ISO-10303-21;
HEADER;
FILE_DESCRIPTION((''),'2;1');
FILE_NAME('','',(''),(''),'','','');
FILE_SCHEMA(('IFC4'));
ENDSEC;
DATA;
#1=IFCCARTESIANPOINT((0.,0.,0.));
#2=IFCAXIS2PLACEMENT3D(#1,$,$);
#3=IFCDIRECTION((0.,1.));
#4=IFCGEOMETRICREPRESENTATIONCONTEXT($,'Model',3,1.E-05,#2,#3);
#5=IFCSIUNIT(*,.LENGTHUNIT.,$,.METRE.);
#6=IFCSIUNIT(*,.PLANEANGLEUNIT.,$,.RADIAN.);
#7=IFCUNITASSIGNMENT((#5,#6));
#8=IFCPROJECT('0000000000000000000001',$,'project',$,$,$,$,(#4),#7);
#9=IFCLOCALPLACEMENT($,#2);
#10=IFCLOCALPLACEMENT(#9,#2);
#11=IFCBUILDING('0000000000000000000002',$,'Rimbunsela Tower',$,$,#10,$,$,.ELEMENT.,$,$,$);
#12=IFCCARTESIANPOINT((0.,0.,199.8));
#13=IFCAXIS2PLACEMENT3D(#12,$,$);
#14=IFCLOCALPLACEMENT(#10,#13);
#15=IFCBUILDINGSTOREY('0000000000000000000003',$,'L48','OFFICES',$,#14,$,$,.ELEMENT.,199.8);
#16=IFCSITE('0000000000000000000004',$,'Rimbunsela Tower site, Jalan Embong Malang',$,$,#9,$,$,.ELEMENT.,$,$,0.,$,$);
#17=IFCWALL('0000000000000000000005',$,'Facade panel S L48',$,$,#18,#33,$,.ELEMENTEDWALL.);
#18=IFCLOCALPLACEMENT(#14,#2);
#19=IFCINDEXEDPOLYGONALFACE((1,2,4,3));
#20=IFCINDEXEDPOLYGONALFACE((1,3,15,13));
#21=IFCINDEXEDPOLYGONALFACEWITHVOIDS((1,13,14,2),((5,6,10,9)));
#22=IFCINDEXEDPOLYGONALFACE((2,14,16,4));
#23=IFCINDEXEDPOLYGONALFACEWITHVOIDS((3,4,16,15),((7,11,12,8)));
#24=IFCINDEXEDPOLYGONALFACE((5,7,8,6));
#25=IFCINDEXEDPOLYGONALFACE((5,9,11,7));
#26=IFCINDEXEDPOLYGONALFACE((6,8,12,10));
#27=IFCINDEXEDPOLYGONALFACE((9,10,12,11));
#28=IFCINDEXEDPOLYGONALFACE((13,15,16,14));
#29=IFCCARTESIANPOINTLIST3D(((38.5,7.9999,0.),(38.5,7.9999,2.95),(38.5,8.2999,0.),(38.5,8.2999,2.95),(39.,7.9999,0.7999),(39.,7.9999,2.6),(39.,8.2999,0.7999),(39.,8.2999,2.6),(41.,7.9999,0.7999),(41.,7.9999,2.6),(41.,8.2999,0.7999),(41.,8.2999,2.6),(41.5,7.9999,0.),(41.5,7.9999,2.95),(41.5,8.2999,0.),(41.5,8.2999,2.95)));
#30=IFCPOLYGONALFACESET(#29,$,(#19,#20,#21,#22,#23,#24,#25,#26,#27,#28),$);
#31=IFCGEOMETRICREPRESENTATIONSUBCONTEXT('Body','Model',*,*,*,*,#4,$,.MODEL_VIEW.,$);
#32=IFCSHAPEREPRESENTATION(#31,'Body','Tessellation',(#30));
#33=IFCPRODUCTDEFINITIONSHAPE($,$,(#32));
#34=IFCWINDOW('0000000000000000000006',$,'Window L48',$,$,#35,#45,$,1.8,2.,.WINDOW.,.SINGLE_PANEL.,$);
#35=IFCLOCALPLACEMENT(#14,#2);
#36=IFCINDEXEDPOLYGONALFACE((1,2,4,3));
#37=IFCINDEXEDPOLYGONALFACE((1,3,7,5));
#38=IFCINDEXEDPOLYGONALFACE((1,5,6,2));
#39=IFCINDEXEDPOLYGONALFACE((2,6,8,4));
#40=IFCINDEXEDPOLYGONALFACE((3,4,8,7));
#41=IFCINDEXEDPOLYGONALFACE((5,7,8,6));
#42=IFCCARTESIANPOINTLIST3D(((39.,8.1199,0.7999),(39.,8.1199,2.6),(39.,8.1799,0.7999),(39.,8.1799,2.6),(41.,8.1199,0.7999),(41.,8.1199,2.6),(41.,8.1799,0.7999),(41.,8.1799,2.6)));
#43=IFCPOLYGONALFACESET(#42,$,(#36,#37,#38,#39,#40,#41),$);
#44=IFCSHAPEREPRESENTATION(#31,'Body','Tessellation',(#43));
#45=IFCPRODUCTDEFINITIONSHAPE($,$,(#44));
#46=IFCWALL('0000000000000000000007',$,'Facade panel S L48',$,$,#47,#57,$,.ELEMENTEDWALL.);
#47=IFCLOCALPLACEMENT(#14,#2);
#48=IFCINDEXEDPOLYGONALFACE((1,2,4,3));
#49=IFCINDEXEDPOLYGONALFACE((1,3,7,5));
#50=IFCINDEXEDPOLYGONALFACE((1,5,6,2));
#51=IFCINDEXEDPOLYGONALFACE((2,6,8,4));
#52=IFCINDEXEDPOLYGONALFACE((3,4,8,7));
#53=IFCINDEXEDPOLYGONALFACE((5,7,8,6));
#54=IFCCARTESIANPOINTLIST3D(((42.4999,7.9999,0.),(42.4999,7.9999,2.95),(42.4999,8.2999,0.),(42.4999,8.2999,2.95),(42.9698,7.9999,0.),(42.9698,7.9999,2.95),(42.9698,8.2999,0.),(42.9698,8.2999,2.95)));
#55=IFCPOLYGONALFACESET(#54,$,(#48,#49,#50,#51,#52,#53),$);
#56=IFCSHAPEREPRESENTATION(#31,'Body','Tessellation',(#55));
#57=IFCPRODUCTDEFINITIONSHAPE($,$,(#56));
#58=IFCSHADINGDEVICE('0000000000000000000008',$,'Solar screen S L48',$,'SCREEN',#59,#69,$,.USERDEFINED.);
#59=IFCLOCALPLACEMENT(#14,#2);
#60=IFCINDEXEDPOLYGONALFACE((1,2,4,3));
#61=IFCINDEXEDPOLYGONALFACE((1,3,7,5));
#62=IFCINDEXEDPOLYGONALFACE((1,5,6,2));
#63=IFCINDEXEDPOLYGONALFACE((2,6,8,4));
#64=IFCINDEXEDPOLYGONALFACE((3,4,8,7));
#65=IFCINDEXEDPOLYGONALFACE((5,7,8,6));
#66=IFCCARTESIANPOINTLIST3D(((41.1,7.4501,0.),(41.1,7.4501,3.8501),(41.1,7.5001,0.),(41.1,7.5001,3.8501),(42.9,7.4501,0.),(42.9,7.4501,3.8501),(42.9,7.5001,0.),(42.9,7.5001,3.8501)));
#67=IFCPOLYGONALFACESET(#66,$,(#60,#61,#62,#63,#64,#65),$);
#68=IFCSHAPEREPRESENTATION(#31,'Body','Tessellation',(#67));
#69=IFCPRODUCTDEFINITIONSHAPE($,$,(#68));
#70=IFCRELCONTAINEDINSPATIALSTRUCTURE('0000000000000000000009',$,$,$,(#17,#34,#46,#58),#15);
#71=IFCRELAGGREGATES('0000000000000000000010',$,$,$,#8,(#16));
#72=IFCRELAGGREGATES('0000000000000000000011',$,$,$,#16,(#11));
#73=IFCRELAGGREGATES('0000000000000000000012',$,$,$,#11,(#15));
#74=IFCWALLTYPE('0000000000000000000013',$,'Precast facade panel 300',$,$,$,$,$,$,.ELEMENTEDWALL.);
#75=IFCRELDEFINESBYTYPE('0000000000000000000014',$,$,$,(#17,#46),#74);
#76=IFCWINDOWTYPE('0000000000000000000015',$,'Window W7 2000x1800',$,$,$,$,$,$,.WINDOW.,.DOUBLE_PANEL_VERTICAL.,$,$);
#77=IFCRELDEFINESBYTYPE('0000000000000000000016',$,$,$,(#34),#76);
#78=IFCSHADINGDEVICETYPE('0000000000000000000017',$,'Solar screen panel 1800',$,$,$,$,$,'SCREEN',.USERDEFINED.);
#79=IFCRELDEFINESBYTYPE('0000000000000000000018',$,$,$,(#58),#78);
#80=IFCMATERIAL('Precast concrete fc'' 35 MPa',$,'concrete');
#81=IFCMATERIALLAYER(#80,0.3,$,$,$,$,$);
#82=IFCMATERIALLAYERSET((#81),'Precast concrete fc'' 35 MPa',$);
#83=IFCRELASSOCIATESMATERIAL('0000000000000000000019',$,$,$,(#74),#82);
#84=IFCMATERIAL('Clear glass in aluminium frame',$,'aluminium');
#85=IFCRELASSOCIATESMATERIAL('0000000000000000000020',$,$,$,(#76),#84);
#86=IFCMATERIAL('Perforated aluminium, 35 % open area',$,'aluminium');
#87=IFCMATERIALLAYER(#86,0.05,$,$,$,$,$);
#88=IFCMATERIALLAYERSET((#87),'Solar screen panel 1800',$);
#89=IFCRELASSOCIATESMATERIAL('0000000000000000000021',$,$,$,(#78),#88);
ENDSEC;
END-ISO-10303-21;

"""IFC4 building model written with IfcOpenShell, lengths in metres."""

from ifc_helpers import new_model, si_unit, direction, frame, frame_2d, origin, origin_2d, place, context, subcontext, project, spatial, rectangle, extrude, material, layer, layer_set, type_object, element, fill, save


model = new_model("IFC4")

# Units and contexts
model_context = context("Model", 3, precision=1e-05, world=origin(), true_north=direction((0.0, 1.0)))
body_context = subcontext(model_context, "Body", "Model", "MODEL_VIEW")
ifc_project = project(units=[si_unit("LENGTHUNIT", "METRE"), si_unit("PLANEANGLEUNIT", "RADIAN")], contexts=[model_context])

# Site, building, storey
site_placement = place(None, origin())
site = spatial("IfcSite", under=ifc_project, at=site_placement, Name="Rimbunsela Tower site, Jalan Embong Malang", CompositionType="ELEMENT", RefElevation=0.0)
building_placement = place(site_placement, origin())
building = spatial("IfcBuilding", under=site, at=building_placement, Name="Rimbunsela Tower", CompositionType="ELEMENT")
storey_placement = place(building_placement, frame((0.0, 0.0, 199.8)))
storey = spatial("IfcBuildingStorey", under=building, at=storey_placement, Name="L48", Description="OFFICES", CompositionType="ELEMENT", Elevation=199.8)

# Wall, opening, window
ifc_material_1 = material(Name="Precast concrete fc' 35 MPa", Category="concrete")
ifc_layer_1 = layer(ifc_material_1, 0.3)
ifc_layer_set_1 = layer_set([ifc_layer_1], Name="Precast concrete fc' 35 MPa")
wall_type = type_object("IfcWallType", Name="Precast facade panel 300", PredefinedType="ELEMENTEDWALL", material=ifc_layer_set_1)
wall_1_placement = place(storey_placement, frame((38.5, 8.1499, 0.0), z_axis=(0.0, 0.0, 1.0), x_axis=(1.0, 0.0, 0.0)))
wall_1 = element("IfcWall", 1, at=wall_1_placement, inside=storey, type_object=wall_type, Name="Facade panel S L48", PredefinedType="ELEMENTEDWALL", context=body_context, shape_type="SweptSolid", body=[
    extrude(rectangle(XDim=3.0, YDim=0.3, at=frame_2d((1.5, 0.0))), origin(), (0.0, 0.0, 1.0), 2.95),
])
opening_placement = place(wall_1_placement, frame((0.5, 0.0, 0.8)))
opening = element("IfcOpeningElement", 2, at=opening_placement, cuts=wall_1, PredefinedType="OPENING", context=body_context, shape_type="SweptSolid", body=[
    extrude(rectangle(XDim=2.0, YDim=1.8, at=frame_2d((1.0, 0.8999))), frame((0.0, 0.1599, 0.0), z_axis=(0.0, -1.0, 0.0), x_axis=(1.0, 0.0, 0.0)), (0.0, 0.0, 1.0), 0.3201),
])
ifc_material_2 = material(Name="Clear glass in aluminium frame", Category="aluminium")
window_type = type_object("IfcWindowType", Name="Window W7 2000x1800", PartitioningType="DOUBLE_PANEL_VERTICAL", PredefinedType="WINDOW", material=ifc_material_2)
window_placement = place(opening_placement, origin())
window = element("IfcWindow", 3, at=window_placement, inside=storey, type_object=window_type, Name="Window L48", OverallHeight=1.8, OverallWidth=2.0, PartitioningType="SINGLE_PANEL", PredefinedType="WINDOW", context=body_context, shape_type="SweptSolid", body=[
    extrude(rectangle(XDim=2.0, YDim=1.8, at=frame_2d((1.0, 0.8999))), frame((0.0, 0.03, 0.0), z_axis=(0.0, -1.0, 0.0), x_axis=(1.0, 0.0, 0.0)), (0.0, 0.0, 1.0), 0.0601),
])
fill(opening, window)

# Wall
wall_2_placement = place(storey_placement, frame((42.5, 8.1499, 0.0), z_axis=(0.0, 0.0, 1.0), x_axis=(1.0, 0.0, 0.0)))
element("IfcWall", 4, at=wall_2_placement, inside=storey, type_object=wall_type, Name="Facade panel S L48", PredefinedType="ELEMENTEDWALL", context=body_context, shape_type="SweptSolid", body=[
    extrude(rectangle(XDim=0.47, YDim=0.3, at=frame_2d((0.2349, 0.0))), origin(), (0.0, 0.0, 1.0), 2.95),
])

# Shading device
ifc_material_3 = material(Name="Perforated aluminium, 35 % open area", Category="aluminium")
ifc_layer_2 = layer(ifc_material_3, 0.05)
ifc_layer_set_2 = layer_set([ifc_layer_2], Name="Solar screen panel 1800")
shading_device_type = type_object("IfcShadingDeviceType", Name="Solar screen panel 1800", ElementType="SCREEN", PredefinedType="USERDEFINED", material=ifc_layer_set_2)
shading_device_placement = place(storey_placement, frame((42.0, 7.4751, 0.0), z_axis=(0.0, 0.0, 1.0), x_axis=(1.0, 0.0, 0.0)))
element("IfcShadingDevice", 5, at=shading_device_placement, inside=storey, type_object=shading_device_type, Name="Solar screen S L48", ObjectType="SCREEN", PredefinedType="USERDEFINED", context=body_context, shape_type="SweptSolid", body=[
    extrude(rectangle(XDim=1.8, YDim=0.05, at=origin_2d()), origin(), (0.0, 0.0, 1.0), 3.8501),
])

save(model, "model.ifc")
